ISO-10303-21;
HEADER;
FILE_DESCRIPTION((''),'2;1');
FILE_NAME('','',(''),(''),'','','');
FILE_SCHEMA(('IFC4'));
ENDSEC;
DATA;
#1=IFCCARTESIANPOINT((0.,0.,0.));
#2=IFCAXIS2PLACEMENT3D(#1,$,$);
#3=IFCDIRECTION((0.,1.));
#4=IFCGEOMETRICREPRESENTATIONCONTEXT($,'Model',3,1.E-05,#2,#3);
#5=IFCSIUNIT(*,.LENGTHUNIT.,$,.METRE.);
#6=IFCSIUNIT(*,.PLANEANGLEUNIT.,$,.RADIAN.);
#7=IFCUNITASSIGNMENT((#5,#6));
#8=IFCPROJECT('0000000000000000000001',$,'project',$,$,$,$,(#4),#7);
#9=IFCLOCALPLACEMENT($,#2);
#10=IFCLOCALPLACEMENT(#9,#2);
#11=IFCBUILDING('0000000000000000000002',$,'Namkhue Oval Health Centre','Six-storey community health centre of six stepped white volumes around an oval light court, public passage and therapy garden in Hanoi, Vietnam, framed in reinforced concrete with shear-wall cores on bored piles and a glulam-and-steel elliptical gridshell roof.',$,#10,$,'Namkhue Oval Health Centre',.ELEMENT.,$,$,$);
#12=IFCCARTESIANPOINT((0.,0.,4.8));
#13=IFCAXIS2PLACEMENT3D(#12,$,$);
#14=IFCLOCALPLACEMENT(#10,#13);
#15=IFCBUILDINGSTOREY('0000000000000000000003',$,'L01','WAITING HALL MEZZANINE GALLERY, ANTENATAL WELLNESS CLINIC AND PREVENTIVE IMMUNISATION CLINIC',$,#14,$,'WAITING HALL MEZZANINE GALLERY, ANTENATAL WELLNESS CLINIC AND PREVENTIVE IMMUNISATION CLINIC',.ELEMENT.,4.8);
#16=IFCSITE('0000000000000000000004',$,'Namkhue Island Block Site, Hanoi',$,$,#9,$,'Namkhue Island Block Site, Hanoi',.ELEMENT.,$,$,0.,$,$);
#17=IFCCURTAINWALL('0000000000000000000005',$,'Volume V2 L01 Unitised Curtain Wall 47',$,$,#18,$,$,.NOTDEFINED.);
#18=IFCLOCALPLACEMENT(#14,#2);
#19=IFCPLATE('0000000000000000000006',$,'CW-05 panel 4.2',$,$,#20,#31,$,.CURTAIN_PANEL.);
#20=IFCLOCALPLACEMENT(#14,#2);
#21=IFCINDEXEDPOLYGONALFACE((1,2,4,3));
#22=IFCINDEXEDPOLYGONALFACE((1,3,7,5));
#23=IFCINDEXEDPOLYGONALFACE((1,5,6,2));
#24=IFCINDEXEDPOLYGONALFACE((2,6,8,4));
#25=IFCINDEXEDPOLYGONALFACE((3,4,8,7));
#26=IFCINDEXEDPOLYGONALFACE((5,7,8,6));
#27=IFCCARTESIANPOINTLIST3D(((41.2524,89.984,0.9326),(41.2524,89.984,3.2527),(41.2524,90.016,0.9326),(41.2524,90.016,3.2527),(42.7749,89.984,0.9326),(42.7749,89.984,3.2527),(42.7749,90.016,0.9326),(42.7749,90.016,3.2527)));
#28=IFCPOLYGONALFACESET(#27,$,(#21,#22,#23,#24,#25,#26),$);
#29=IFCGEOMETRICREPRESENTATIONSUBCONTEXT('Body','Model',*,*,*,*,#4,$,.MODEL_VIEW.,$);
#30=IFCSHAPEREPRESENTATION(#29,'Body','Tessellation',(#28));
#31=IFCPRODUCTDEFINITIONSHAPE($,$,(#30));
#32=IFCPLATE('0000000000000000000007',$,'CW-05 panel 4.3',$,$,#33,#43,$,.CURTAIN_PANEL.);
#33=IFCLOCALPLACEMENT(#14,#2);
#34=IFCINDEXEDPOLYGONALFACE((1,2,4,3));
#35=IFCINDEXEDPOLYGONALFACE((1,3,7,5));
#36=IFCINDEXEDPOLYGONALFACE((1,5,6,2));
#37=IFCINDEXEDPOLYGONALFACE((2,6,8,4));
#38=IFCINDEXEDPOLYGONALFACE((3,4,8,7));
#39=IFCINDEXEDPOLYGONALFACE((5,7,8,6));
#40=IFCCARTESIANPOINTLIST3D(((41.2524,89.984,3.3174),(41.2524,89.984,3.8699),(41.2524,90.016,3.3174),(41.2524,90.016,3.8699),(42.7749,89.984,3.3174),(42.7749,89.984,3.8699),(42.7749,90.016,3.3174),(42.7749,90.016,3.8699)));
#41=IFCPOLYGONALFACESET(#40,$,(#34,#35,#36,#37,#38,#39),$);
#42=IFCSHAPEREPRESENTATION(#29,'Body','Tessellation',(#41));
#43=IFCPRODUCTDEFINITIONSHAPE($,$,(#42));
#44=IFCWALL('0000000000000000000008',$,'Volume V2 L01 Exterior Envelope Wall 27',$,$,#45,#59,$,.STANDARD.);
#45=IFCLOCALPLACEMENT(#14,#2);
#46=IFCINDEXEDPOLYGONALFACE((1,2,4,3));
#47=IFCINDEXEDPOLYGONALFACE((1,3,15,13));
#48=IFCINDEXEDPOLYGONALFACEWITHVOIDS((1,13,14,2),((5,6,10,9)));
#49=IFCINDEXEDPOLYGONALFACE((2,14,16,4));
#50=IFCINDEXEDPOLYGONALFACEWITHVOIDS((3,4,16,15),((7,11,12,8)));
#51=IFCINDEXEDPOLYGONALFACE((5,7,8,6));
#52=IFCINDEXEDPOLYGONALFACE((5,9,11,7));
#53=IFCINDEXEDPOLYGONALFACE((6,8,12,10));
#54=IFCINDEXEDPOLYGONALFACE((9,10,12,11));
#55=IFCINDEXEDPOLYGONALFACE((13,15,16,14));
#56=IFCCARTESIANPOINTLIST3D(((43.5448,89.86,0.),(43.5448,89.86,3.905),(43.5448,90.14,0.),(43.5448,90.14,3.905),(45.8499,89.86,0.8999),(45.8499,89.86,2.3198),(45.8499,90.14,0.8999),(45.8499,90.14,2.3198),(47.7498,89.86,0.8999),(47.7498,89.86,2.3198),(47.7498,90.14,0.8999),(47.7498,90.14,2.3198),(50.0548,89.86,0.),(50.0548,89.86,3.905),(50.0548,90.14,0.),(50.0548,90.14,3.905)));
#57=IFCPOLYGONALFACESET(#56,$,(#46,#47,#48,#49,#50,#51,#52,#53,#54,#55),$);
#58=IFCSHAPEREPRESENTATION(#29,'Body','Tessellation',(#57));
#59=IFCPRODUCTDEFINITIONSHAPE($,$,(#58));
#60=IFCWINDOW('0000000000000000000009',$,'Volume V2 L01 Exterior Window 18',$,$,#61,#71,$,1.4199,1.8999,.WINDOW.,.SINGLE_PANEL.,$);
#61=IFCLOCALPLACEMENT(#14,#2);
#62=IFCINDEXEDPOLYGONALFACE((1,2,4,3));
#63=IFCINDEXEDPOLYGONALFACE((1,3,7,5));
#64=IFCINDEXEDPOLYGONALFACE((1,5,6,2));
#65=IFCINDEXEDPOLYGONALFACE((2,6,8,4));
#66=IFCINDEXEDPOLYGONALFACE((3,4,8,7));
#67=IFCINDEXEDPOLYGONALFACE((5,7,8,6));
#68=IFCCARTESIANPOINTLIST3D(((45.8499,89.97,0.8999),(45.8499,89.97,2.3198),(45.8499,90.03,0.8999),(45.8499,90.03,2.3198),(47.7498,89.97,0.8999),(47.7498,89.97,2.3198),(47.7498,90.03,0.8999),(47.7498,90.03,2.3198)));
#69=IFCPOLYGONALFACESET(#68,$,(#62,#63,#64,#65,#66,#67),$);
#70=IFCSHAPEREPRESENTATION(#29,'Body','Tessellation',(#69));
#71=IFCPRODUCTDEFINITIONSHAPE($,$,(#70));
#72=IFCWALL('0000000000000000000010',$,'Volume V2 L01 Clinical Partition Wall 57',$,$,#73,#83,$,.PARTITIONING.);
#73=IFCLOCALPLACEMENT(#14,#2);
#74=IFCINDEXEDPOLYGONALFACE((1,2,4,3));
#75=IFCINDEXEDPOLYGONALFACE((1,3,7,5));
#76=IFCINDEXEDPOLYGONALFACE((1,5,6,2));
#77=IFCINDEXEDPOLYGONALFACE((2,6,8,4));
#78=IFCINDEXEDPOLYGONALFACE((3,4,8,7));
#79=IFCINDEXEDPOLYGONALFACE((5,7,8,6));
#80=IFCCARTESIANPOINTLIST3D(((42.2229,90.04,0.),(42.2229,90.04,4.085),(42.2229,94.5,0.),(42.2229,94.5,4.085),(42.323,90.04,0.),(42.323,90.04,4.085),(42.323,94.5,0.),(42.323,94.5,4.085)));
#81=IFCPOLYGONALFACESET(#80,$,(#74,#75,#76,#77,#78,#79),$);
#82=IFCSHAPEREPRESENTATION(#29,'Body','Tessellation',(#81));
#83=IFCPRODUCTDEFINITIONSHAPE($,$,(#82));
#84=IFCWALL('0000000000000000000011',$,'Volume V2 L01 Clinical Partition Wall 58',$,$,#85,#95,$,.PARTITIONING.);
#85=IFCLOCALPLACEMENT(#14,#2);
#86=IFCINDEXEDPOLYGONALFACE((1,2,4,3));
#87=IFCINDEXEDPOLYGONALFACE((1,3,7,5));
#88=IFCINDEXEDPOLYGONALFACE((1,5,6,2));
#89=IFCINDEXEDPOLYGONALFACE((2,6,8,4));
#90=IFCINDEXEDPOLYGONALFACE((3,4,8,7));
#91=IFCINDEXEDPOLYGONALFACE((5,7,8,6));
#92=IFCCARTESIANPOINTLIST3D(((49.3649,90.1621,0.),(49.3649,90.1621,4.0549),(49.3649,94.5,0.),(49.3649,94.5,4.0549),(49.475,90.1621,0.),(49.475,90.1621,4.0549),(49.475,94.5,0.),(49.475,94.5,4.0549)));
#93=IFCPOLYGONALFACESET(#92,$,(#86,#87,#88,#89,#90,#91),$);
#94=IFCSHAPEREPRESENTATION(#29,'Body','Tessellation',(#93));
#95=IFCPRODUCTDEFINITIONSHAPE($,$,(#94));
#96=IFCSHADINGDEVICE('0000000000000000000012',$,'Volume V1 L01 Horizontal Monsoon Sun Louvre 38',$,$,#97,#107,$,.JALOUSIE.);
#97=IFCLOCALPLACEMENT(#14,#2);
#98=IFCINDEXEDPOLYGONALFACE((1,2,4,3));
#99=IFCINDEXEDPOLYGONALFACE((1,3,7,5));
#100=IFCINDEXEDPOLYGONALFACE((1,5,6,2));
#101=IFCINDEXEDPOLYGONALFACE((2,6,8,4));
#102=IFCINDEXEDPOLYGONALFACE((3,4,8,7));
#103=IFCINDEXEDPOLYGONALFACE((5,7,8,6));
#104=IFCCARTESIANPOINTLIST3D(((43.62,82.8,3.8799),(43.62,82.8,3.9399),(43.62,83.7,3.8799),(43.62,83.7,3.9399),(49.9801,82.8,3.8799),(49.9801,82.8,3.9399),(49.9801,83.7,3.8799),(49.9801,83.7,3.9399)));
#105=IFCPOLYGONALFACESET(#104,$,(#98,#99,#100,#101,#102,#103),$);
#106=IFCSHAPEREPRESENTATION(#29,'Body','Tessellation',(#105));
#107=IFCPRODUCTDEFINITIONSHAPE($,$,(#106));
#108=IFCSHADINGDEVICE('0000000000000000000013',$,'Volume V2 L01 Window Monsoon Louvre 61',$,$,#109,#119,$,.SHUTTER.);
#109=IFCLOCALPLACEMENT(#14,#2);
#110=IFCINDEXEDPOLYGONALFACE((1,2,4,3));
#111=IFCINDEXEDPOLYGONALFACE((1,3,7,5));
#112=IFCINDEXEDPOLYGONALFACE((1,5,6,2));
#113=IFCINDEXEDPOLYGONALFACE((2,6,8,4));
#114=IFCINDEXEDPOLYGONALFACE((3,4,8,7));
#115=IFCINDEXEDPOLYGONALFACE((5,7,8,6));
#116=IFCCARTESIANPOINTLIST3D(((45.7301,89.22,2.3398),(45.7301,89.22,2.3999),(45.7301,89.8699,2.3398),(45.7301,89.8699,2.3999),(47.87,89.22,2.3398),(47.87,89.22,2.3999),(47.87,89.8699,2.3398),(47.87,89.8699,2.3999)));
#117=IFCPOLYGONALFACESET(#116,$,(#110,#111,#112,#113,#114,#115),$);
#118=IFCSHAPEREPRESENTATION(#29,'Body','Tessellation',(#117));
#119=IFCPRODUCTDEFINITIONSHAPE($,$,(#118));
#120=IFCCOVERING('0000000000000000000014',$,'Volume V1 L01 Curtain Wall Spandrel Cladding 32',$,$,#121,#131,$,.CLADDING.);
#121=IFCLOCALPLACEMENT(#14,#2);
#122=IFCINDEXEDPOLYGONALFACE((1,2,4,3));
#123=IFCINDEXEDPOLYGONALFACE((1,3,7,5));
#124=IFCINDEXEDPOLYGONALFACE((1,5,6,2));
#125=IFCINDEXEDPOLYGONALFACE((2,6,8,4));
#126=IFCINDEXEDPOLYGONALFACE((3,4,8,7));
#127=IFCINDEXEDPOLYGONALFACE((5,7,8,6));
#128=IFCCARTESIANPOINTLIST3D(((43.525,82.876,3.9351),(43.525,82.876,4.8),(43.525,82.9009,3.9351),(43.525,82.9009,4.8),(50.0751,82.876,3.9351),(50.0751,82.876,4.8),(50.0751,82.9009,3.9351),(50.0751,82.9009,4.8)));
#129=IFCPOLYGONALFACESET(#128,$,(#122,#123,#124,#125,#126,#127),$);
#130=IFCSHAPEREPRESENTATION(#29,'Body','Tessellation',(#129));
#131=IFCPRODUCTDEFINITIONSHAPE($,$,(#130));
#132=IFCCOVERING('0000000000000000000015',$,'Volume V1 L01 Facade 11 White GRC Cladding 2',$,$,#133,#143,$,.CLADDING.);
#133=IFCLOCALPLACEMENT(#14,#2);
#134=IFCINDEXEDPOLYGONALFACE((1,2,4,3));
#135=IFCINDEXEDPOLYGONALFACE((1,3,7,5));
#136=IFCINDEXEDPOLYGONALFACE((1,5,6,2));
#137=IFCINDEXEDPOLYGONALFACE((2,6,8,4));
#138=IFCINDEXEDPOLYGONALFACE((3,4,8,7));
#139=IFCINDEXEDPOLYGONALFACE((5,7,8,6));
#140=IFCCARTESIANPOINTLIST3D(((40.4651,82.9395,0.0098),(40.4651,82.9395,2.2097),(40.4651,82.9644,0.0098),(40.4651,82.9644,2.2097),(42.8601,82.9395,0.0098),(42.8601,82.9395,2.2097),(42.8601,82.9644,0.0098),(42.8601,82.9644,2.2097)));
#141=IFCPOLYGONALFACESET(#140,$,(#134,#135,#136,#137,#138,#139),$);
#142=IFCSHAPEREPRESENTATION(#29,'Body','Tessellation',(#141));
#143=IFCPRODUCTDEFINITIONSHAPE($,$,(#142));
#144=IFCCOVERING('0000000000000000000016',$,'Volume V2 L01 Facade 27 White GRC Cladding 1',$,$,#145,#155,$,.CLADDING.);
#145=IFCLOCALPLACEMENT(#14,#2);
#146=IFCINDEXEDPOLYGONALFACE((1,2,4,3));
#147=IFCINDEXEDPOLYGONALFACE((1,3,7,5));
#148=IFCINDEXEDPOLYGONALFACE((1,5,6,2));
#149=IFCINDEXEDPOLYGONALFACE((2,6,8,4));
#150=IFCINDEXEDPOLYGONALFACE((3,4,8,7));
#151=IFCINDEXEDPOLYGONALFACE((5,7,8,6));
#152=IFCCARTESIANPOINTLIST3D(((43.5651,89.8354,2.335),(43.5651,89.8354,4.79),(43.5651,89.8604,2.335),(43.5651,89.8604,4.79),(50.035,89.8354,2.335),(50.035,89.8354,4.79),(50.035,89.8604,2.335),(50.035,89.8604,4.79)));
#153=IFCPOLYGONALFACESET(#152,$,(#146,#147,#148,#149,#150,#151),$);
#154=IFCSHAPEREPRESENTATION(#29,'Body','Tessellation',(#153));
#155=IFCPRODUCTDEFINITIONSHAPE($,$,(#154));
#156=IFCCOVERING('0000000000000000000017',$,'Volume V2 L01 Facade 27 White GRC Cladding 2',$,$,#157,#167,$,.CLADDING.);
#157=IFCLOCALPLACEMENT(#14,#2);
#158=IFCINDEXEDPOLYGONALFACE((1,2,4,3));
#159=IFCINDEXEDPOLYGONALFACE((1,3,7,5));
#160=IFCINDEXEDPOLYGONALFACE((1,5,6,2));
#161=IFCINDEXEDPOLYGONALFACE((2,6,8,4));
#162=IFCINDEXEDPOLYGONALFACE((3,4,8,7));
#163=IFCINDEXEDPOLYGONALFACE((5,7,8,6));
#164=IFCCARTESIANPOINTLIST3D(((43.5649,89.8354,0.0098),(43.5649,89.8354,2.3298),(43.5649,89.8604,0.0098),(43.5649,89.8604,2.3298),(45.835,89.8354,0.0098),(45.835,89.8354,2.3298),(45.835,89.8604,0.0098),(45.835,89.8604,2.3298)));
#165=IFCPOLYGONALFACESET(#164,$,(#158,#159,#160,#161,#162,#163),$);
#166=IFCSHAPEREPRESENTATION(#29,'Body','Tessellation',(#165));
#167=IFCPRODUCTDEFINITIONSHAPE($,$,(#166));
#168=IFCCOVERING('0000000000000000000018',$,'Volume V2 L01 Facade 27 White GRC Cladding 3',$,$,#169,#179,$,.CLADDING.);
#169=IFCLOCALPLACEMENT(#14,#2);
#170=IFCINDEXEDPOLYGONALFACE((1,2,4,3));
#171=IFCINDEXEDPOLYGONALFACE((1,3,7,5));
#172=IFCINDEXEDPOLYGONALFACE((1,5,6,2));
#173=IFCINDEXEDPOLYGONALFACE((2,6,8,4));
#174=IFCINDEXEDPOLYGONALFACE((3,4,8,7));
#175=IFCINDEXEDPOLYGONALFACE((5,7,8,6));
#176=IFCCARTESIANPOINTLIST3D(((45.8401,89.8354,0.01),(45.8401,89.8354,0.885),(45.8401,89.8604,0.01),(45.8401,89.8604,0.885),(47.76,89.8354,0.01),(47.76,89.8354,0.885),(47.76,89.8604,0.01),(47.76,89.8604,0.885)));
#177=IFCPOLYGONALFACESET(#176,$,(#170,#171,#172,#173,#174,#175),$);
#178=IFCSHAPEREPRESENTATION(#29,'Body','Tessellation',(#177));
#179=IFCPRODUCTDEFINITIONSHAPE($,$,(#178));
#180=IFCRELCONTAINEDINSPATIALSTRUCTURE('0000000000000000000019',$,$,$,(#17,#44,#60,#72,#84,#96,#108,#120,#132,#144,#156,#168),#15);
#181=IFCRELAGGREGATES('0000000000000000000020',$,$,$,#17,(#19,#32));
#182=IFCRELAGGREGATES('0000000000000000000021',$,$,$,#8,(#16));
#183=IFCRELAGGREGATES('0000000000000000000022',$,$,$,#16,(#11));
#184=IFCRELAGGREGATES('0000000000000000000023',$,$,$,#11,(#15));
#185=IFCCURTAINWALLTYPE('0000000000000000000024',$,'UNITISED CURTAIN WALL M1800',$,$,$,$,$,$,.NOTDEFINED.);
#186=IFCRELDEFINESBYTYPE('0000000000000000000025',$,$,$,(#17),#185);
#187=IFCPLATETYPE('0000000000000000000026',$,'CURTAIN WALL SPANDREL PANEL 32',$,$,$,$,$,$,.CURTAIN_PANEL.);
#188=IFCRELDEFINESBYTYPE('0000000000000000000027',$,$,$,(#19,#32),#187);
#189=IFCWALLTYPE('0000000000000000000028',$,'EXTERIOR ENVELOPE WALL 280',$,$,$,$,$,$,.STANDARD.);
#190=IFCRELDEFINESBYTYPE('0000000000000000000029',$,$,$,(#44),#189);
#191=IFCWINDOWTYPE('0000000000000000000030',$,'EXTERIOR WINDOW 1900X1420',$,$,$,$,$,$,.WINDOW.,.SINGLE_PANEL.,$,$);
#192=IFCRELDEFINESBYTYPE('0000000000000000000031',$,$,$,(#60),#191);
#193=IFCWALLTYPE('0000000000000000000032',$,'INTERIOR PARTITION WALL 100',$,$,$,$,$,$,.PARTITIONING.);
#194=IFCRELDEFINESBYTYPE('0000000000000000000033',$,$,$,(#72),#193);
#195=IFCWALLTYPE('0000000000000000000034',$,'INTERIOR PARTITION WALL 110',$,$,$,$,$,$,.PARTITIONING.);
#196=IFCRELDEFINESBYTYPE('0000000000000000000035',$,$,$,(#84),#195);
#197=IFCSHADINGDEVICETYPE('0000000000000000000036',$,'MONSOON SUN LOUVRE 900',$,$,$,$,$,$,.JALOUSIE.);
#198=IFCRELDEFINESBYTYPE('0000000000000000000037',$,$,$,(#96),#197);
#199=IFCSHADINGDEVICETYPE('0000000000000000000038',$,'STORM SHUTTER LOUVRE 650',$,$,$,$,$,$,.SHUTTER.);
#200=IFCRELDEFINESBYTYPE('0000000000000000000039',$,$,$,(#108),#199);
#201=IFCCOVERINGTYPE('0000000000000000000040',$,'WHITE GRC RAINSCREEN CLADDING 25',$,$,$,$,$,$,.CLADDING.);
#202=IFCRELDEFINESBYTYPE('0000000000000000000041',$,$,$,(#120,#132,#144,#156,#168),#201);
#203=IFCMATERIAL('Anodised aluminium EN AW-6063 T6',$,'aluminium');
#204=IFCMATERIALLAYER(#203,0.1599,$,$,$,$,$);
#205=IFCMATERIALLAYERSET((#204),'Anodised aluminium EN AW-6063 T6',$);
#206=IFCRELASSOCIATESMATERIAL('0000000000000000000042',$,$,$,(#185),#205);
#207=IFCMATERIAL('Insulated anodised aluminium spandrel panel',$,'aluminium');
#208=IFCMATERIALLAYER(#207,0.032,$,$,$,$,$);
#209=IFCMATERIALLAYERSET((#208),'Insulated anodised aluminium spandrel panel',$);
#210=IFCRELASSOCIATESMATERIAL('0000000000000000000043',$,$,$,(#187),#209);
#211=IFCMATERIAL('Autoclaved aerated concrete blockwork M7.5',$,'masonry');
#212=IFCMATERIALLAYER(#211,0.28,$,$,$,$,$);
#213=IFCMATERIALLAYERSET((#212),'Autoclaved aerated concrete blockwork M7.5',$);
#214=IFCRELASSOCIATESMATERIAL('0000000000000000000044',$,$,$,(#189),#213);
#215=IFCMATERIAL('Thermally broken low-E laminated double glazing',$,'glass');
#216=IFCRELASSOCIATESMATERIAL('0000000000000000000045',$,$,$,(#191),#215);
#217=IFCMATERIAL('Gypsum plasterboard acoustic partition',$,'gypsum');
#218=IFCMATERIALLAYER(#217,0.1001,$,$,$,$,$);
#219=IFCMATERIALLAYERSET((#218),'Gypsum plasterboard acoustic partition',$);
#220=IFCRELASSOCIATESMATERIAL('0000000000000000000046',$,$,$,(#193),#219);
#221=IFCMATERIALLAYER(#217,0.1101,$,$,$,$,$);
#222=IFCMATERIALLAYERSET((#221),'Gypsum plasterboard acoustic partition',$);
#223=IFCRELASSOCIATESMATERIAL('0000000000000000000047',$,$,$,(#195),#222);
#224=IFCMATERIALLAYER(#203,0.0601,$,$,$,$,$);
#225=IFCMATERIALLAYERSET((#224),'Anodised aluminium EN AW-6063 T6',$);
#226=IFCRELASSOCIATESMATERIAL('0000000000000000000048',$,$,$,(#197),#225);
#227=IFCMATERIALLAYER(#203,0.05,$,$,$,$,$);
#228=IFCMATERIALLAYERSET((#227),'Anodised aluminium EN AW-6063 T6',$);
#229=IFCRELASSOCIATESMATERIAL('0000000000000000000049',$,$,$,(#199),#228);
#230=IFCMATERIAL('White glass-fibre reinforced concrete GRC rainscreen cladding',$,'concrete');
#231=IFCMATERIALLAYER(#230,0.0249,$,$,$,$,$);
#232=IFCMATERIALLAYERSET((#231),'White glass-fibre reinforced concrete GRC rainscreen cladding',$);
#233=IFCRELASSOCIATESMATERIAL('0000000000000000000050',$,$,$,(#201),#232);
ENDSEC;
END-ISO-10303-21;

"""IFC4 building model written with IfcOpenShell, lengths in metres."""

from ifc_helpers import new_model, si_unit, direction, frame, frame_2d, origin, origin_2d, place, context, subcontext, project, spatial, rectangle, extrude, material, layer, layer_set, type_object, element, fill, aggregate, save


model = new_model("IFC4")

# Units and contexts
model_context = context("Model", 3, precision=1e-05, world=origin(), true_north=direction((0.0, 1.0)))
body_context = subcontext(model_context, "Body", "Model", "MODEL_VIEW")
ifc_project = project(units=[si_unit("LENGTHUNIT", "METRE"), si_unit("PLANEANGLEUNIT", "RADIAN")], contexts=[model_context])

# Site, building, storey
site_placement = place(None, origin())
site = spatial("IfcSite", under=ifc_project, at=site_placement, Name="Namkhue Island Block Site, Hanoi", LongName="Namkhue Island Block Site, Hanoi", CompositionType="ELEMENT", RefElevation=0.0)
building_placement = place(site_placement, origin())
building = spatial("IfcBuilding", under=site, at=building_placement, Name="Namkhue Oval Health Centre", Description="Six-storey community health centre of six stepped white volumes around an oval light court, public passage and therapy garden in Hanoi, Vietnam, framed in reinforced concrete with shear-wall cores on bored piles and a glulam-and-steel elliptical gridshell roof.", LongName="Namkhue Oval Health Centre", CompositionType="ELEMENT")
storey_placement = place(building_placement, frame((0.0, 0.0, 4.8)))
storey = spatial("IfcBuildingStorey", under=building, at=storey_placement, Name="L01", Description="WAITING HALL MEZZANINE GALLERY, ANTENATAL WELLNESS CLINIC AND PREVENTIVE IMMUNISATION CLINIC", LongName="WAITING HALL MEZZANINE GALLERY, ANTENATAL WELLNESS CLINIC AND PREVENTIVE IMMUNISATION CLINIC", CompositionType="ELEMENT", Elevation=4.8)

# Curtain wall
ifc_material_1 = material(Name="Anodised aluminium EN AW-6063 T6", Category="aluminium")
ifc_layer_1 = layer(ifc_material_1, 0.1599)
ifc_layer_set_1 = layer_set([ifc_layer_1], Name="Anodised aluminium EN AW-6063 T6")
curtain_wall_type = type_object("IfcCurtainWallType", Name="UNITISED CURTAIN WALL M1800", PredefinedType="NOTDEFINED", material=ifc_layer_set_1)
curtain_wall_placement = place(storey_placement, origin())
curtain_wall = element("IfcCurtainWall", 1, at=curtain_wall_placement, inside=storey, type_object=curtain_wall_type, Name="Volume V2 L01 Unitised Curtain Wall 47", PredefinedType="NOTDEFINED")

# Plates
ifc_material_2 = material(Name="Insulated anodised aluminium spandrel panel", Category="aluminium")
ifc_layer_2 = layer(ifc_material_2, 0.032)
ifc_layer_set_2 = layer_set([ifc_layer_2], Name="Insulated anodised aluminium spandrel panel")
plate_type = type_object("IfcPlateType", Name="CURTAIN WALL SPANDREL PANEL 32", PredefinedType="CURTAIN_PANEL", material=ifc_layer_set_2)
plate_1_placement = place(storey_placement, frame((42.0137, 90.0, 0.9326), z_axis=(0.0, 0.0, 1.0), x_axis=(1.0, 0.0, 0.0)))
plate_1 = element("IfcPlate", 2, at=plate_1_placement, type_object=plate_type, Name="CW-05 panel 4.2", PredefinedType="CURTAIN_PANEL", context=body_context, shape_type="SweptSolid", body=[
    extrude(rectangle(XDim=1.5225, YDim=0.032, at=origin_2d()), origin(), (0.0, 0.0, 1.0), 2.3201),
])
plate_2_placement = place(storey_placement, frame((42.0137, 90.0, 3.3174), z_axis=(0.0, 0.0, 1.0), x_axis=(1.0, 0.0, 0.0)))
plate_2 = element("IfcPlate", 3, at=plate_2_placement, type_object=plate_type, Name="CW-05 panel 4.3", PredefinedType="CURTAIN_PANEL", context=body_context, shape_type="SweptSolid", body=[
    extrude(rectangle(XDim=1.5225, YDim=0.032, at=origin_2d()), origin(), (0.0, 0.0, 1.0), 0.5525),
])
aggregate(curtain_wall, [plate_1, plate_2])

# Wall, opening, window
ifc_material_3 = material(Name="Autoclaved aerated concrete blockwork M7.5", Category="masonry")
ifc_layer_3 = layer(ifc_material_3, 0.28)
ifc_layer_set_3 = layer_set([ifc_layer_3], Name="Autoclaved aerated concrete blockwork M7.5")
wall_type_1 = type_object("IfcWallType", Name="EXTERIOR ENVELOPE WALL 280", PredefinedType="STANDARD", material=ifc_layer_set_3)
wall_1_placement = place(storey_placement, frame((43.5449, 90.0, 0.0), z_axis=(0.0, 0.0, 1.0), x_axis=(1.0, 0.0, 0.0)))
wall_1 = element("IfcWall", 4, at=wall_1_placement, inside=storey, type_object=wall_type_1, Name="Volume V2 L01 Exterior Envelope Wall 27", PredefinedType="STANDARD", context=body_context, shape_type="SweptSolid", body=[
    extrude(rectangle(XDim=6.51, YDim=0.28, at=frame_2d((3.2549, 0.0))), origin(), (0.0, 0.0, 1.0), 3.905),
])
opening_placement = place(wall_1_placement, frame((2.3049, 0.0, 0.8999)))
opening = element("IfcOpeningElement", 5, at=opening_placement, cuts=wall_1, PredefinedType="OPENING", context=body_context, shape_type="SweptSolid", body=[
    extrude(rectangle(XDim=1.8999, YDim=1.4199, at=frame_2d((0.95, 0.71))), frame((0.0, 0.1499, 0.0), z_axis=(0.0, -1.0, 0.0), x_axis=(1.0, 0.0, 0.0)), (0.0, 0.0, 1.0), 0.3),
])
ifc_material_4 = material(Name="Thermally broken low-E laminated double glazing", Category="glass")
window_type = type_object("IfcWindowType", Name="EXTERIOR WINDOW 1900X1420", PartitioningType="SINGLE_PANEL", PredefinedType="WINDOW", material=ifc_material_4)
window_placement = place(opening_placement, origin())
window = element("IfcWindow", 6, at=window_placement, inside=storey, type_object=window_type, Name="Volume V2 L01 Exterior Window 18", OverallHeight=1.4199, OverallWidth=1.8999, PartitioningType="SINGLE_PANEL", PredefinedType="WINDOW", context=body_context, shape_type="SweptSolid", body=[
    extrude(rectangle(XDim=1.8999, YDim=1.4199, at=frame_2d((0.95, 0.71))), frame((0.0, 0.03, 0.0), z_axis=(0.0, -1.0, 0.0), x_axis=(1.0, 0.0, 0.0)), (0.0, 0.0, 1.0), 0.0601),
])
fill(opening, window)

# Walls
ifc_material_5 = material(Name="Gypsum plasterboard acoustic partition", Category="gypsum")
ifc_layer_4 = layer(ifc_material_5, 0.1001)
ifc_layer_set_4 = layer_set([ifc_layer_4], Name="Gypsum plasterboard acoustic partition")
wall_type_2 = type_object("IfcWallType", Name="INTERIOR PARTITION WALL 100", PredefinedType="PARTITIONING", material=ifc_layer_set_4)
wall_2_placement = place(storey_placement, frame((42.2729, 90.04, 0.0), z_axis=(0.0, 0.0, 1.0), x_axis=(0.0, 1.0, 0.0)))
element("IfcWall", 7, at=wall_2_placement, inside=storey, type_object=wall_type_2, Name="Volume V2 L01 Clinical Partition Wall 57", PredefinedType="PARTITIONING", context=body_context, shape_type="SweptSolid", body=[
    extrude(rectangle(XDim=4.46, YDim=0.1001, at=frame_2d((2.23, 0.0))), origin(), (0.0, 0.0, 1.0), 4.085),
])
ifc_layer_5 = layer(ifc_material_5, 0.1101)
ifc_layer_set_5 = layer_set([ifc_layer_5], Name="Gypsum plasterboard acoustic partition")
wall_type_3 = type_object("IfcWallType", Name="INTERIOR PARTITION WALL 110", PredefinedType="PARTITIONING", material=ifc_layer_set_5)
wall_3_placement = place(storey_placement, frame((49.4199, 90.1621, 0.0), z_axis=(0.0, 0.0, 1.0), x_axis=(0.0, 1.0, 0.0)))
element("IfcWall", 8, at=wall_3_placement, inside=storey, type_object=wall_type_3, Name="Volume V2 L01 Clinical Partition Wall 58", PredefinedType="PARTITIONING", context=body_context, shape_type="SweptSolid", body=[
    extrude(rectangle(XDim=4.3379, YDim=0.1101, at=frame_2d((2.1689, 0.0))), origin(), (0.0, 0.0, 1.0), 4.0549),
])

# Shading devices
ifc_layer_6 = layer(ifc_material_1, 0.0601)
ifc_layer_set_6 = layer_set([ifc_layer_6], Name="Anodised aluminium EN AW-6063 T6")
shading_device_type_1 = type_object("IfcShadingDeviceType", Name="MONSOON SUN LOUVRE 900", PredefinedType="JALOUSIE", material=ifc_layer_set_6)
shading_device_1_placement = place(storey_placement, frame((46.8, 83.25, 3.8799), z_axis=(0.0, 0.0, 1.0), x_axis=(-1.0, 0.0, 0.0)))
element("IfcShadingDevice", 9, at=shading_device_1_placement, inside=storey, type_object=shading_device_type_1, Name="Volume V1 L01 Horizontal Monsoon Sun Louvre 38", PredefinedType="JALOUSIE", context=body_context, shape_type="SweptSolid", body=[
    extrude(rectangle(XDim=6.3601, YDim=0.8999, at=origin_2d()), origin(), (0.0, 0.0, 1.0), 0.0601),
])
ifc_layer_7 = layer(ifc_material_1, 0.05)
ifc_layer_set_7 = layer_set([ifc_layer_7], Name="Anodised aluminium EN AW-6063 T6")
shading_device_type_2 = type_object("IfcShadingDeviceType", Name="STORM SHUTTER LOUVRE 650", PredefinedType="SHUTTER", material=ifc_layer_set_7)
shading_device_2_placement = place(storey_placement, frame((46.8, 89.5449, 2.3398), z_axis=(0.0, 0.0, 1.0), x_axis=(1.0, 0.0, 0.0)))
element("IfcShadingDevice", 10, at=shading_device_2_placement, inside=storey, type_object=shading_device_type_2, Name="Volume V2 L01 Window Monsoon Louvre 61", PredefinedType="SHUTTER", context=body_context, shape_type="SweptSolid", body=[
    extrude(rectangle(XDim=2.1399, YDim=0.6499, at=origin_2d()), origin(), (0.0, 0.0, 1.0), 0.0601),
])

# Coverings
ifc_material_6 = material(Name="White glass-fibre reinforced concrete GRC rainscreen cladding", Category="concrete")
ifc_layer_8 = layer(ifc_material_6, 0.0249)
ifc_layer_set_8 = layer_set([ifc_layer_8], Name="White glass-fibre reinforced concrete GRC rainscreen cladding")
covering_type = type_object("IfcCoveringType", Name="WHITE GRC RAINSCREEN CLADDING 25", PredefinedType="CLADDING", material=ifc_layer_set_8)
covering_1_placement = place(storey_placement, frame((46.8, 82.8884, 3.9351), z_axis=(0.0, 0.0, 1.0), x_axis=(-1.0, 0.0, 0.0)))
element("IfcCovering", 11, at=covering_1_placement, inside=storey, type_object=covering_type, Name="Volume V1 L01 Curtain Wall Spandrel Cladding 32", PredefinedType="CLADDING", context=body_context, shape_type="SweptSolid", body=[
    extrude(rectangle(XDim=6.55, YDim=0.0249, at=origin_2d()), origin(), (0.0, 0.0, 1.0), 0.865),
])
covering_2_placement = place(storey_placement, frame((41.6626, 82.9519, 0.0098), z_axis=(0.0, 0.0, 1.0), x_axis=(-1.0, 0.0, 0.0)))
element("IfcCovering", 12, at=covering_2_placement, inside=storey, type_object=covering_type, Name="Volume V1 L01 Facade 11 White GRC Cladding 2", PredefinedType="CLADDING", context=body_context, shape_type="SweptSolid", body=[
    extrude(rectangle(XDim=2.395, YDim=0.0249, at=origin_2d()), origin(), (0.0, 0.0, 1.0), 2.2),
])
covering_3_placement = place(storey_placement, frame((46.8, 89.8479, 2.335), z_axis=(0.0, 0.0, 1.0), x_axis=(1.0, 0.0, 0.0)))
element("IfcCovering", 13, at=covering_3_placement, inside=storey, type_object=covering_type, Name="Volume V2 L01 Facade 27 White GRC Cladding 1", PredefinedType="CLADDING", context=body_context, shape_type="SweptSolid", body=[
    extrude(rectangle(XDim=6.47, YDim=0.0249, at=origin_2d()), origin(), (0.0, 0.0, 1.0), 2.4551),
])
covering_4_placement = place(storey_placement, frame((44.7, 89.8479, 0.0098), z_axis=(0.0, 0.0, 1.0), x_axis=(1.0, 0.0, 0.0)))
element("IfcCovering", 14, at=covering_4_placement, inside=storey, type_object=covering_type, Name="Volume V2 L01 Facade 27 White GRC Cladding 2", PredefinedType="CLADDING", context=body_context, shape_type="SweptSolid", body=[
    extrude(rectangle(XDim=2.27, YDim=0.0249, at=origin_2d()), origin(), (0.0, 0.0, 1.0), 2.3201),
])
covering_5_placement = place(storey_placement, frame((46.8, 89.8479, 0.01), z_axis=(0.0, 0.0, 1.0), x_axis=(1.0, 0.0, 0.0)))
element("IfcCovering", 15, at=covering_5_placement, inside=storey, type_object=covering_type, Name="Volume V2 L01 Facade 27 White GRC Cladding 3", PredefinedType="CLADDING", context=body_context, shape_type="SweptSolid", body=[
    extrude(rectangle(XDim=1.9199, YDim=0.0249, at=origin_2d()), origin(), (0.0, 0.0, 1.0), 0.875),
])

save(model, "model.ifc")
